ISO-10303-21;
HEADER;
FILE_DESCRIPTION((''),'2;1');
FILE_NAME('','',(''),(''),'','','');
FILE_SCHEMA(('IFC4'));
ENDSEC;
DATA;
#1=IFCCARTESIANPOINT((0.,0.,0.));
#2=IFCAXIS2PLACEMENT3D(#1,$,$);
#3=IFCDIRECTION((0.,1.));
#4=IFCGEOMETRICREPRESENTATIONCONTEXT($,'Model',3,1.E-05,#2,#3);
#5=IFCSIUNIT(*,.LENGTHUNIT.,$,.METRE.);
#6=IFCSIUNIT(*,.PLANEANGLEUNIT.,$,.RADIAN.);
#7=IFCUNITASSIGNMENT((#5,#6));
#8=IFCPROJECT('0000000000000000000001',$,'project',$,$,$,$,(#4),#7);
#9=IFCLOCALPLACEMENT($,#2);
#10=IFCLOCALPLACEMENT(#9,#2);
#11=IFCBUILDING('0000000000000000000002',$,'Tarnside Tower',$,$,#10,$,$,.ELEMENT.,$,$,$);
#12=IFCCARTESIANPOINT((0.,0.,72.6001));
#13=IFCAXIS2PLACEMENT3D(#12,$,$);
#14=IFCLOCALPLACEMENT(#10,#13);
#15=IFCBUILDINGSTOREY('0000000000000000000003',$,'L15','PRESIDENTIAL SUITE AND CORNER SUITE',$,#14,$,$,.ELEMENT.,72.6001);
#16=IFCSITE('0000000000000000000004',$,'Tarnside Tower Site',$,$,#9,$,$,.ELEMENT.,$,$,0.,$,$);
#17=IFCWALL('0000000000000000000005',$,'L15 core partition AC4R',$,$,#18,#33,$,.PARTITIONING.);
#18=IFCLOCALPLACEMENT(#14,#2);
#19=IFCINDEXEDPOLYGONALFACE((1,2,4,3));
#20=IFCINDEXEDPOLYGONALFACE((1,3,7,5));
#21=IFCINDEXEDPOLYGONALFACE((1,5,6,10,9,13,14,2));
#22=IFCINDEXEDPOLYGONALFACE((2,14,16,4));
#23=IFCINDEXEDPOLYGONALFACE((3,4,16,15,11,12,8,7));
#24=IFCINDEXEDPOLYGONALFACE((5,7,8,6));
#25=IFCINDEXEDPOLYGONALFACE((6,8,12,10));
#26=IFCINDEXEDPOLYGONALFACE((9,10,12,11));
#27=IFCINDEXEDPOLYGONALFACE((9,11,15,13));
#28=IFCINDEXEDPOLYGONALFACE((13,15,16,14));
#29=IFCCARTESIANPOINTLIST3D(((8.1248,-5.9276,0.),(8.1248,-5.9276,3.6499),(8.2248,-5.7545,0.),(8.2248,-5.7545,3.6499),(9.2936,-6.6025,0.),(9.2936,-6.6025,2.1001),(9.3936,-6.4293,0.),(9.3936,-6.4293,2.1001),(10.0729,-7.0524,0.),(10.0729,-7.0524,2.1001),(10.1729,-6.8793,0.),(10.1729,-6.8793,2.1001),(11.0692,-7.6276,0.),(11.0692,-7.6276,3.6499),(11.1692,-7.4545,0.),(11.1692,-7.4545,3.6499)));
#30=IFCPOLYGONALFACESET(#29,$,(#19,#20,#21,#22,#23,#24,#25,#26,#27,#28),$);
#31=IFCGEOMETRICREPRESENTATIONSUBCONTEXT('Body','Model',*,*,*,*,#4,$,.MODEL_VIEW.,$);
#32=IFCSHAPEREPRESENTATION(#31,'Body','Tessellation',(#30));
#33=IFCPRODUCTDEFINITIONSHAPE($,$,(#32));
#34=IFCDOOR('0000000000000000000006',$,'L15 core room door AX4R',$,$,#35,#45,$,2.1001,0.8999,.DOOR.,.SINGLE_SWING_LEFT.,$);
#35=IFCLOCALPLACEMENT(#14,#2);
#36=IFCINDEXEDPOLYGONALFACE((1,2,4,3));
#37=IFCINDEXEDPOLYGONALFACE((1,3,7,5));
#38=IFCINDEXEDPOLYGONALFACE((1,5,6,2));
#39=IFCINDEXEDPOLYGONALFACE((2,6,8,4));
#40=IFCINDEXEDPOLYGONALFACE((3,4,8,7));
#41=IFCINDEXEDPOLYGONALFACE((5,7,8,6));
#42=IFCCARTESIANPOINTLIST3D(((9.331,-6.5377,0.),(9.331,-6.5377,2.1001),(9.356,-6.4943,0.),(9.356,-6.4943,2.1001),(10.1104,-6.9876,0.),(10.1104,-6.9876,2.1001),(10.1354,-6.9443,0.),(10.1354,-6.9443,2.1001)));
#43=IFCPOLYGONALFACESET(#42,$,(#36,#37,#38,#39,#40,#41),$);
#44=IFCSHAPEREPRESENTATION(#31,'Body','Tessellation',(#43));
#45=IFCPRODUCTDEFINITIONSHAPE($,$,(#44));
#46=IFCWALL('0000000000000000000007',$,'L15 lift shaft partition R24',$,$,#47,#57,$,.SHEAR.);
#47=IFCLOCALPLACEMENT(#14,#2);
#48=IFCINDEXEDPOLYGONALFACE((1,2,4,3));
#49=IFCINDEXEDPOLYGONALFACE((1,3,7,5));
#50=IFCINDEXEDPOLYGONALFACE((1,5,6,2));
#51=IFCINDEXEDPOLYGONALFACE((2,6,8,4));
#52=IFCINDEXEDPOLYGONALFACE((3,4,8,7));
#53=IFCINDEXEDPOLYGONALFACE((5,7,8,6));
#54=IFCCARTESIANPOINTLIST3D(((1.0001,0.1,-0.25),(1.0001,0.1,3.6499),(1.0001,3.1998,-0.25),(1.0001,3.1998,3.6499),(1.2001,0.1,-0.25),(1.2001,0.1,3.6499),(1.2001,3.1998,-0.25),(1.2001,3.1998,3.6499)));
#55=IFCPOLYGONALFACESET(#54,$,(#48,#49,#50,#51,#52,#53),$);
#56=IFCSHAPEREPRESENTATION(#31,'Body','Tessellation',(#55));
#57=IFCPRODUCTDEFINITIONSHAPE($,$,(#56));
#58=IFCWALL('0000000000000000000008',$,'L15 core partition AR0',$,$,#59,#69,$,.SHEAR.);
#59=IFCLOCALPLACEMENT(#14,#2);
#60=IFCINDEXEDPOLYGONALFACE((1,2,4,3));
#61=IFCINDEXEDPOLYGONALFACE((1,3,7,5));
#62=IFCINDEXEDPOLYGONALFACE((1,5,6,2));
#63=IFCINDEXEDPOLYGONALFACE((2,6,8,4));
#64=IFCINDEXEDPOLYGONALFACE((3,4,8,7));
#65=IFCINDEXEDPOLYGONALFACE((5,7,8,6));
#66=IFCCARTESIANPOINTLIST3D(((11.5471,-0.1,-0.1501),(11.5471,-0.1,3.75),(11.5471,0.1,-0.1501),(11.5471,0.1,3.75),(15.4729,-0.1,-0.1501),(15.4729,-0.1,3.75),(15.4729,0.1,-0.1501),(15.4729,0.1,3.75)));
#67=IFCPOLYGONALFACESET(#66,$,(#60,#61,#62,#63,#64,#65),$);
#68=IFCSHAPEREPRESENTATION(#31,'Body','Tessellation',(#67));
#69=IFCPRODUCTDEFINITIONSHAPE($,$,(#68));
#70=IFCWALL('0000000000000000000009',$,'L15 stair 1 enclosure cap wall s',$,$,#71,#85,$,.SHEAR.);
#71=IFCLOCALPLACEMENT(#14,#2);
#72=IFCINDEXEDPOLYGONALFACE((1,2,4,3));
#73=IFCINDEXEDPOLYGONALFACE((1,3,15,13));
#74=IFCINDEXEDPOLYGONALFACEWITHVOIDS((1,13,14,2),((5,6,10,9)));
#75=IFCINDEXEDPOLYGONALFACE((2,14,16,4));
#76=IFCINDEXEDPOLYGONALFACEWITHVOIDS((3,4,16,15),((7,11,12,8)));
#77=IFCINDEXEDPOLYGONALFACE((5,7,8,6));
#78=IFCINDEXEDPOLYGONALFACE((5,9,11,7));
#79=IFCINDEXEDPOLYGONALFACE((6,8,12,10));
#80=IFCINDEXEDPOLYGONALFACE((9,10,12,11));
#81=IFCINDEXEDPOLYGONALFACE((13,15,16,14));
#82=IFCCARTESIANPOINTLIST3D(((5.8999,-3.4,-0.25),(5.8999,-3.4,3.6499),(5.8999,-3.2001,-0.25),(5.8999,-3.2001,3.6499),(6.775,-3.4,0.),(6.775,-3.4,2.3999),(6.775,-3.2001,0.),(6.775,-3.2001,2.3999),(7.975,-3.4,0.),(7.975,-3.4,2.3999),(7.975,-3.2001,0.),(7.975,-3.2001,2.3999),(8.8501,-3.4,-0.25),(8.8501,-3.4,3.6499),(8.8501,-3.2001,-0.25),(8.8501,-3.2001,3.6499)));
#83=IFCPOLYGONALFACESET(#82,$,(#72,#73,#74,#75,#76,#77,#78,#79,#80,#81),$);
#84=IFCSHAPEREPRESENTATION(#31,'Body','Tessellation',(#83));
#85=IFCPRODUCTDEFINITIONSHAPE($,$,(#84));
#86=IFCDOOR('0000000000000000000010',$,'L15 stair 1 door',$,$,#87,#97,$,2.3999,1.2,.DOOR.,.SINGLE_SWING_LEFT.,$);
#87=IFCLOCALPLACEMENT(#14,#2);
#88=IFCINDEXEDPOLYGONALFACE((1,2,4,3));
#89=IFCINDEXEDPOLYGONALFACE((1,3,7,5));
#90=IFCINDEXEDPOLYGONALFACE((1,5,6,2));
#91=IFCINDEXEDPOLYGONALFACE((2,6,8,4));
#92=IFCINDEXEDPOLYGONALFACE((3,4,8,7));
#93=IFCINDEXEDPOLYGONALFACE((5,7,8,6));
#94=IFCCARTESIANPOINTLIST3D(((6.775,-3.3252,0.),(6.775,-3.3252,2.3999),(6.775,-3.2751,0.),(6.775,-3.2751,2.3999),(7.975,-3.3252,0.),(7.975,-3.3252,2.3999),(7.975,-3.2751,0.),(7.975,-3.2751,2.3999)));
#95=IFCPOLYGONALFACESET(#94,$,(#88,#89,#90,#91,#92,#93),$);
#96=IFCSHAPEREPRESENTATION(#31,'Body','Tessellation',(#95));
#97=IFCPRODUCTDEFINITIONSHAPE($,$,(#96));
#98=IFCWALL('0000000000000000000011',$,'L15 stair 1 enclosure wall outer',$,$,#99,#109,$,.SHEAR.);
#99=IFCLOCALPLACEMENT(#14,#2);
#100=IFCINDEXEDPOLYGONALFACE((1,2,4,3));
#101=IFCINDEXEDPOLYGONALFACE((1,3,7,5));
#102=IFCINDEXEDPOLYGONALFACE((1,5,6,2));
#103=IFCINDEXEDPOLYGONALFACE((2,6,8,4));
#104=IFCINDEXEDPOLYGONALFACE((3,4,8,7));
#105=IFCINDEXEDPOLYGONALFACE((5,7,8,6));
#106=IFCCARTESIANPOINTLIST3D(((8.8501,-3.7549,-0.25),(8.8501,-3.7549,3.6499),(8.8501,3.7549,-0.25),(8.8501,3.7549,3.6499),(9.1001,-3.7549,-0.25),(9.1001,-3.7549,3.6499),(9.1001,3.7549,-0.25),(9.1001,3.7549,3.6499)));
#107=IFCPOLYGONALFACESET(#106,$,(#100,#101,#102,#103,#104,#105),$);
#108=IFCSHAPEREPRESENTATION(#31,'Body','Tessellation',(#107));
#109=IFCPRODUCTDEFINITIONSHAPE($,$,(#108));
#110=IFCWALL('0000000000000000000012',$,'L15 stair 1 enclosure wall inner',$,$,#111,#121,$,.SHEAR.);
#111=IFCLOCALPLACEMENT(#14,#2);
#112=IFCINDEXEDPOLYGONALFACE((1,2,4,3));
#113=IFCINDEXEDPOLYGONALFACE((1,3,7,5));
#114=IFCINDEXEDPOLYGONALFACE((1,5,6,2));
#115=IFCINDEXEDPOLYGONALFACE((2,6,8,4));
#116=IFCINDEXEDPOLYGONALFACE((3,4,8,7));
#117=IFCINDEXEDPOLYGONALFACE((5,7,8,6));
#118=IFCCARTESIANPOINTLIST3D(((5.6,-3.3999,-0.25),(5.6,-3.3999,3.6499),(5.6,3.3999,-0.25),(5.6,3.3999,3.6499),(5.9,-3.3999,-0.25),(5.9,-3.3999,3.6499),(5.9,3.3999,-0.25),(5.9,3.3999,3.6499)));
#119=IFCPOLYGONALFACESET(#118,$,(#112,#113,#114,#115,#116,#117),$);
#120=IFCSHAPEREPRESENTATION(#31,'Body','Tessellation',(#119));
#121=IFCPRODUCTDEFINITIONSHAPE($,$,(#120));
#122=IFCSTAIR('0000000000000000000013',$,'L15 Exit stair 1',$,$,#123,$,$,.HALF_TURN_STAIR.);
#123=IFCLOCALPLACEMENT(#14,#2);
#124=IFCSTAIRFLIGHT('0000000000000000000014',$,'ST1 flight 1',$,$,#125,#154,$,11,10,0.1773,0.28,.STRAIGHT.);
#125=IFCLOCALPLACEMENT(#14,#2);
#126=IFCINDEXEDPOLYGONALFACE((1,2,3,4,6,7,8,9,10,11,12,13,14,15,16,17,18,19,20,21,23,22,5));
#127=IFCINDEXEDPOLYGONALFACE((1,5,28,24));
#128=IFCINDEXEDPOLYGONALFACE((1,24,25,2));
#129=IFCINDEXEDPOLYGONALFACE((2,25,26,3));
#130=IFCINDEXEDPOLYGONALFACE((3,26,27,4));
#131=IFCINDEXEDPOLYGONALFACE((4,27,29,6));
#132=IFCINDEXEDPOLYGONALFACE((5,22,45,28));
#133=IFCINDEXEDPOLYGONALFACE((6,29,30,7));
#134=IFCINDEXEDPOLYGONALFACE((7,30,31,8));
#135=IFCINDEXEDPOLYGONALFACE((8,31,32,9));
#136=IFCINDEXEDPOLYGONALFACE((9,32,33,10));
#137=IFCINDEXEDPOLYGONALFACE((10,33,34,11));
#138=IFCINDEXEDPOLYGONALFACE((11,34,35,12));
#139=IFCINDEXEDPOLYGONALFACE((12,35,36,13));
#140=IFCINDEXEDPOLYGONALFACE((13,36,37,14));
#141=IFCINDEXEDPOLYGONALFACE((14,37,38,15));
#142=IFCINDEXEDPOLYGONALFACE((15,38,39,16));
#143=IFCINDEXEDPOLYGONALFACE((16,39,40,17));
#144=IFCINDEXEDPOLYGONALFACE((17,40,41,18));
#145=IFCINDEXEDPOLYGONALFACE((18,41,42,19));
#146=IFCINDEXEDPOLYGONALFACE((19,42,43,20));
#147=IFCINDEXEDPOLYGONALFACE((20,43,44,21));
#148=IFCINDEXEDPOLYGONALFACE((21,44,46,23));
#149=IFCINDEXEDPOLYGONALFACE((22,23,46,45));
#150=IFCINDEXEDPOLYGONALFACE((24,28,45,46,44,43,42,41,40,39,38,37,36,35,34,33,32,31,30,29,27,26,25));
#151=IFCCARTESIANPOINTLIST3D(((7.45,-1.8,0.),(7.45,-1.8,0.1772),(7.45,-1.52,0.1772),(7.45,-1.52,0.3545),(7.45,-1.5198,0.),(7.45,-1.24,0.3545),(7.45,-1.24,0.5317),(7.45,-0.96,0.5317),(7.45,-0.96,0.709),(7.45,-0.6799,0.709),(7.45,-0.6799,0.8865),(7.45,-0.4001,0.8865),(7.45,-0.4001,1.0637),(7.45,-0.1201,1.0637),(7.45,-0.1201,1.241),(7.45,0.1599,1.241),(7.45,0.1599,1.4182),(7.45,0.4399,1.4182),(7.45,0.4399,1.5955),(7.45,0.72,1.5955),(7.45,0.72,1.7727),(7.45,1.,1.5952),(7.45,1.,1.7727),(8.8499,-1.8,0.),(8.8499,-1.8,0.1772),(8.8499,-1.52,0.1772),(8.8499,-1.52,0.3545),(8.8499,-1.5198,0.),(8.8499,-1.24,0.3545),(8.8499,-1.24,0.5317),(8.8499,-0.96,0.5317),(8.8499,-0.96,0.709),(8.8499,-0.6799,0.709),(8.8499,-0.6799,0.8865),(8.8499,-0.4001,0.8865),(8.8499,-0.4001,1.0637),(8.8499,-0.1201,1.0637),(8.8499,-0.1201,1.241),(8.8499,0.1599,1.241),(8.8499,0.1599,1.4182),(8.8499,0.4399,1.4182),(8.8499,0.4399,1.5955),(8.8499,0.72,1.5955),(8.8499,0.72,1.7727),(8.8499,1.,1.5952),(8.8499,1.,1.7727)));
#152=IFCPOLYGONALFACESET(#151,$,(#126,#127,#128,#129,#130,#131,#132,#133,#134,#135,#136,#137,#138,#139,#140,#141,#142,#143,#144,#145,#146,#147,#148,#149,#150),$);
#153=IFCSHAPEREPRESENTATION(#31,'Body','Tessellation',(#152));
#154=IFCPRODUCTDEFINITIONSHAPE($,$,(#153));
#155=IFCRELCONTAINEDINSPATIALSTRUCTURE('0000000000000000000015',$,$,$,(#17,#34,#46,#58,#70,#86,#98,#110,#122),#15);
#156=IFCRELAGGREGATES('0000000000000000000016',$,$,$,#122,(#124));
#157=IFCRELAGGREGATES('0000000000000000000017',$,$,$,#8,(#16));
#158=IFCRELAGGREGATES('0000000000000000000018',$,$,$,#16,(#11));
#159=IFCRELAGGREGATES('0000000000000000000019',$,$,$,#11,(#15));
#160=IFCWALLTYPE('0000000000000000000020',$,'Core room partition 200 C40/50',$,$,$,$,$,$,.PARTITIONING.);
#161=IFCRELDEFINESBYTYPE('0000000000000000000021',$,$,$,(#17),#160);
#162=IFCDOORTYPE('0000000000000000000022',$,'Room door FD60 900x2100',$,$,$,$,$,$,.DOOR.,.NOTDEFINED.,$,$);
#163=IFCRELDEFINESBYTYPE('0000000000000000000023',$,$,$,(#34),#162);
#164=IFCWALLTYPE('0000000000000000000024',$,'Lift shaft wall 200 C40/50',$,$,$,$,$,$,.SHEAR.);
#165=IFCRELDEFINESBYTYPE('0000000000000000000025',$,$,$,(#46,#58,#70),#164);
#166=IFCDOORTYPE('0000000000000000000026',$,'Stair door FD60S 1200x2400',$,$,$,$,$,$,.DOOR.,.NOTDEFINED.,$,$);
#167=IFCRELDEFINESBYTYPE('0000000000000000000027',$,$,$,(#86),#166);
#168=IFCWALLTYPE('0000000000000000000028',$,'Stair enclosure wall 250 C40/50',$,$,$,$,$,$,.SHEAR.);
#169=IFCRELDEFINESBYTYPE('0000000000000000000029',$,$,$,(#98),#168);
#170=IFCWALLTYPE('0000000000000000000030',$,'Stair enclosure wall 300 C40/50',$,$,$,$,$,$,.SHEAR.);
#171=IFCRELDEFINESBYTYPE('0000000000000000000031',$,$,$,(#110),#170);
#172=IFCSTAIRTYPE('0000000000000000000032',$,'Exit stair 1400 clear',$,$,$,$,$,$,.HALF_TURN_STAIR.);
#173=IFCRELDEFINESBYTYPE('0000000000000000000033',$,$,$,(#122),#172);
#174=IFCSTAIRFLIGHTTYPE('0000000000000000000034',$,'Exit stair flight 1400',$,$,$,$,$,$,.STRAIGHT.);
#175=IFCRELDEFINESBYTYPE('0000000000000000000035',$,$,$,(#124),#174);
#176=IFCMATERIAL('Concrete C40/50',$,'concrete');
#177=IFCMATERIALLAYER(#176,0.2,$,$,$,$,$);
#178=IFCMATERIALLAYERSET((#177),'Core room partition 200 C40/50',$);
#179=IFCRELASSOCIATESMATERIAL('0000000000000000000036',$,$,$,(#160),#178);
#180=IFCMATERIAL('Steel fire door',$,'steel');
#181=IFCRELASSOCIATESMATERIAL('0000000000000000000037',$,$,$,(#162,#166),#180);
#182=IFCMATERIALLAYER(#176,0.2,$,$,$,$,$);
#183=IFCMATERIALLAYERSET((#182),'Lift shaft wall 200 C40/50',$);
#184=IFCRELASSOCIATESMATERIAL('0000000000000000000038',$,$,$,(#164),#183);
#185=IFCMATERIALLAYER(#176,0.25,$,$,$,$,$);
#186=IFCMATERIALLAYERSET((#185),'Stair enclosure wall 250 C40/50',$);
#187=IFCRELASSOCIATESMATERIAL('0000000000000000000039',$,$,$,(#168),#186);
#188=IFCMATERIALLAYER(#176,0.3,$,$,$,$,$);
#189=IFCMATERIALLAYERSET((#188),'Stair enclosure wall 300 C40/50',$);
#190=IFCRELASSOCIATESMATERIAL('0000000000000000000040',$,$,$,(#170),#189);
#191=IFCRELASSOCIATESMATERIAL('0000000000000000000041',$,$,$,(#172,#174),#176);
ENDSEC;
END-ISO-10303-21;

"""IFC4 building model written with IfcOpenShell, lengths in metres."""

from ifc_helpers import new_model, si_unit, direction, frame, frame_2d, origin, place, context, subcontext, project, spatial, polyline, rectangle, outline, extrude, material, layer, layer_set, type_object, element, fill, aggregate, save


model = new_model("IFC4")

# Units and contexts
model_context = context("Model", 3, precision=1e-05, world=origin(), true_north=direction((0.0, 1.0)))
body_context = subcontext(model_context, "Body", "Model", "MODEL_VIEW")
ifc_project = project(units=[si_unit("LENGTHUNIT", "METRE"), si_unit("PLANEANGLEUNIT", "RADIAN")], contexts=[model_context])

# Site, building, storey
site_placement = place(None, origin())
site = spatial("IfcSite", under=ifc_project, at=site_placement, Name="Tarnside Tower Site", CompositionType="ELEMENT", RefElevation=0.0)
building_placement = place(site_placement, origin())
building = spatial("IfcBuilding", under=site, at=building_placement, Name="Tarnside Tower", CompositionType="ELEMENT")
storey_placement = place(building_placement, frame((0.0, 0.0, 72.6001)))
storey = spatial("IfcBuildingStorey", under=building, at=storey_placement, Name="L15", Description="PRESIDENTIAL SUITE AND CORNER SUITE", CompositionType="ELEMENT", Elevation=72.6001)

# Shared definitions
ifc_material_1 = material(Name="Concrete C40/50", Category="concrete")

# Wall, opening, door
ifc_material_2 = material(Name="Steel fire door", Category="steel")
ifc_layer_1 = layer(ifc_material_1, 0.2)
ifc_layer_set_1 = layer_set([ifc_layer_1], Name="Core room partition 200 C40/50")
wall_type_1 = type_object("IfcWallType", Name="Core room partition 200 C40/50", PredefinedType="PARTITIONING", material=ifc_layer_set_1)
door_type_1 = type_object("IfcDoorType", Name="Room door FD60 900x2100", OperationType="NOTDEFINED", PredefinedType="DOOR", material=ifc_material_2)
wall_1_placement = place(storey_placement, frame((8.1748, -5.8411, 0.0), z_axis=(0.0, 0.0, 1.0), x_axis=(0.866021, -0.500008, 0.0)))
wall_1 = element("IfcWall", 1, at=wall_1_placement, inside=storey, type_object=wall_type_1, Name="L15 core partition AC4R", PredefinedType="PARTITIONING", context=body_context, shape_type="SweptSolid", body=[
    extrude(rectangle(XDim=3.3999, YDim=0.2, at=frame_2d((1.7, 0.0))), origin(), (0.0, 0.0, 1.0), 3.6499),
])
opening_1_placement = place(wall_1_placement, frame((1.3496, 0.0, 0.0)))
opening_1 = element("IfcOpeningElement", 2, at=opening_1_placement, cuts=wall_1, PredefinedType="OPENING", context=body_context, shape_type="SweptSolid", body=[
    extrude(rectangle(XDim=0.8999, YDim=2.1001, at=frame_2d((0.45, 1.05))), frame((0.0, 0.1099, 0.0), z_axis=(0.0, -1.0, 0.0), x_axis=(1.0, 0.0, 0.0)), (0.0, 0.0, 1.0), 0.22),
])
door_1_placement = place(opening_1_placement, origin())
door_1 = element("IfcDoor", 3, at=door_1_placement, inside=storey, type_object=door_type_1, Name="L15 core room door AX4R", OperationType="SINGLE_SWING_LEFT", OverallHeight=2.1001, OverallWidth=0.8999, PredefinedType="DOOR", context=body_context, shape_type="SweptSolid", body=[
    extrude(rectangle(XDim=0.8999, YDim=2.1001, at=frame_2d((0.45, 1.05))), frame((0.0, 0.0249, 0.0), z_axis=(0.0, -1.0, 0.0), x_axis=(1.0, 0.0, 0.0)), (0.0, 0.0, 1.0), 0.05),
])
fill(opening_1, door_1)

# Walls
ifc_layer_2 = layer(ifc_material_1, 0.2)
ifc_layer_set_2 = layer_set([ifc_layer_2], Name="Lift shaft wall 200 C40/50")
wall_type_2 = type_object("IfcWallType", Name="Lift shaft wall 200 C40/50", PredefinedType="SHEAR", material=ifc_layer_set_2)
wall_2_placement = place(storey_placement, frame((1.1001, 0.1001, -0.25), z_axis=(0.0, 0.0, 1.0), x_axis=(0.0, 1.0, 0.0)))
element("IfcWall", 4, at=wall_2_placement, inside=storey, type_object=wall_type_2, Name="L15 lift shaft partition R24", PredefinedType="SHEAR", context=body_context, shape_type="SweptSolid", body=[
    extrude(rectangle(XDim=3.0999, YDim=0.2, at=frame_2d((1.5498, 0.0))), origin(), (0.0, 0.0, 1.0), 3.8999),
])
wall_3_placement = place(storey_placement, frame((11.5471, 0.0, -0.1501), z_axis=(0.0, 0.0, 1.0), x_axis=(1.0, 0.0, 0.0)))
element("IfcWall", 5, at=wall_3_placement, inside=storey, type_object=wall_type_2, Name="L15 core partition AR0", PredefinedType="SHEAR", context=body_context, shape_type="SweptSolid", body=[
    extrude(rectangle(XDim=3.9258, YDim=0.2, at=frame_2d((1.9629, 0.0))), origin(), (0.0, 0.0, 1.0), 3.9001),
])

# Wall, opening, door
wall_4_placement = place(storey_placement, frame((5.8999, -3.3, -0.25), z_axis=(0.0, 0.0, 1.0), x_axis=(1.0, 0.0, 0.0)))
wall_4 = element("IfcWall", 6, at=wall_4_placement, inside=storey, type_object=wall_type_2, Name="L15 stair 1 enclosure cap wall s", PredefinedType="SHEAR", context=body_context, shape_type="SweptSolid", body=[
    extrude(rectangle(XDim=2.9502, YDim=0.2, at=frame_2d((1.4751, 0.0))), origin(), (0.0, 0.0, 1.0), 3.8999),
])
opening_2_placement = place(wall_4_placement, frame((0.875, 0.0, 0.25)))
opening_2 = element("IfcOpeningElement", 7, at=opening_2_placement, cuts=wall_4, PredefinedType="OPENING", context=body_context, shape_type="SweptSolid", body=[
    extrude(rectangle(XDim=1.2, YDim=2.3999, at=frame_2d((0.6001, 1.2))), frame((0.0, 0.1099, 0.0), z_axis=(0.0, -1.0, 0.0), x_axis=(1.0, 0.0, 0.0)), (0.0, 0.0, 1.0), 0.22),
])
door_type_2 = type_object("IfcDoorType", Name="Stair door FD60S 1200x2400", OperationType="NOTDEFINED", PredefinedType="DOOR", material=ifc_material_2)
door_2_placement = place(opening_2_placement, origin())
door_2 = element("IfcDoor", 8, at=door_2_placement, inside=storey, type_object=door_type_2, Name="L15 stair 1 door", OperationType="SINGLE_SWING_LEFT", OverallHeight=2.3999, OverallWidth=1.2, PredefinedType="DOOR", context=body_context, shape_type="SweptSolid", body=[
    extrude(rectangle(XDim=1.2, YDim=2.3999, at=frame_2d((0.6001, 1.2))), frame((0.0, 0.0249, 0.0), z_axis=(0.0, -1.0, 0.0), x_axis=(1.0, 0.0, 0.0)), (0.0, 0.0, 1.0), 0.05),
])
fill(opening_2, door_2)

# Walls
ifc_layer_3 = layer(ifc_material_1, 0.25)
ifc_layer_set_3 = layer_set([ifc_layer_3], Name="Stair enclosure wall 250 C40/50")
wall_type_3 = type_object("IfcWallType", Name="Stair enclosure wall 250 C40/50", PredefinedType="SHEAR", material=ifc_layer_set_3)
wall_5_placement = place(storey_placement, frame((8.9751, -3.7549, -0.25), z_axis=(0.0, 0.0, 1.0), x_axis=(0.0, 1.0, 0.0)))
element("IfcWall", 9, at=wall_5_placement, inside=storey, type_object=wall_type_3, Name="L15 stair 1 enclosure wall outer", PredefinedType="SHEAR", context=body_context, shape_type="SweptSolid", body=[
    extrude(rectangle(XDim=7.5098, YDim=0.25, at=frame_2d((3.7549, 0.0))), origin(), (0.0, 0.0, 1.0), 3.8999),
])
ifc_layer_4 = layer(ifc_material_1, 0.3)
ifc_layer_set_4 = layer_set([ifc_layer_4], Name="Stair enclosure wall 300 C40/50")
wall_type_4 = type_object("IfcWallType", Name="Stair enclosure wall 300 C40/50", PredefinedType="SHEAR", material=ifc_layer_set_4)
wall_6_placement = place(storey_placement, frame((5.75, -3.3999, -0.25), z_axis=(0.0, 0.0, 1.0), x_axis=(0.0, 1.0, 0.0)))
element("IfcWall", 10, at=wall_6_placement, inside=storey, type_object=wall_type_4, Name="L15 stair 1 enclosure wall inner", PredefinedType="SHEAR", context=body_context, shape_type="SweptSolid", body=[
    extrude(rectangle(XDim=6.7998, YDim=0.3, at=frame_2d((3.3999, 0.0))), origin(), (0.0, 0.0, 1.0), 3.8999),
])

# Stair, stair flight
stair_type = type_object("IfcStairType", Name="Exit stair 1400 clear", PredefinedType="HALF_TURN_STAIR", material=ifc_material_1)
stair_placement = place(storey_placement, origin())
stair = element("IfcStair", 11, at=stair_placement, inside=storey, type_object=stair_type, Name="L15 Exit stair 1", PredefinedType="HALF_TURN_STAIR")
stair_flight_type = type_object("IfcStairFlightType", Name="Exit stair flight 1400", PredefinedType="STRAIGHT", material=ifc_material_1)
stair_flight_placement = place(storey_placement, frame((8.1499, -1.8, 0.0), z_axis=(0.0, 0.0, 1.0), x_axis=(0.0, 1.0, 0.0)))
stair_flight = element("IfcStairFlight", 12, at=stair_flight_placement, type_object=stair_flight_type, Name="ST1 flight 1", NumberOfRisers=11, NumberOfTreads=10, PredefinedType="STRAIGHT", RiserHeight=0.1773, TreadLength=0.28, context=body_context, shape_type="SweptSolid", body=[
    extrude(outline(polyline([(0.0, 0.0), (0.0, 0.1772), (0.28, 0.1772), (0.28, 0.3545), (0.5601, 0.3545), (0.5601, 0.5317), (0.8401, 0.5317), (0.8401, 0.709), (1.1201, 0.709), (1.1201, 0.8865), (1.3999, 0.8865), (1.3999, 1.0637), (1.6799, 1.0637), (1.6799, 1.241), (1.96, 1.241), (1.96, 1.4182), (2.24, 1.4182), (2.24, 1.5955), (2.52, 1.5955), (2.52, 1.7727), (2.8, 1.7727), (2.8, 1.95), (2.8, 1.5952), (0.2803, 0.0), (0.0, 0.0)])), frame((0.0, 0.7, 0.0), z_axis=(0.0, -1.0, 0.0), x_axis=(1.0, 0.0, 0.0)), (0.0, 0.0, 1.0), 1.3999),
])
aggregate(stair, [stair_flight])

save(model, "model.ifc")
